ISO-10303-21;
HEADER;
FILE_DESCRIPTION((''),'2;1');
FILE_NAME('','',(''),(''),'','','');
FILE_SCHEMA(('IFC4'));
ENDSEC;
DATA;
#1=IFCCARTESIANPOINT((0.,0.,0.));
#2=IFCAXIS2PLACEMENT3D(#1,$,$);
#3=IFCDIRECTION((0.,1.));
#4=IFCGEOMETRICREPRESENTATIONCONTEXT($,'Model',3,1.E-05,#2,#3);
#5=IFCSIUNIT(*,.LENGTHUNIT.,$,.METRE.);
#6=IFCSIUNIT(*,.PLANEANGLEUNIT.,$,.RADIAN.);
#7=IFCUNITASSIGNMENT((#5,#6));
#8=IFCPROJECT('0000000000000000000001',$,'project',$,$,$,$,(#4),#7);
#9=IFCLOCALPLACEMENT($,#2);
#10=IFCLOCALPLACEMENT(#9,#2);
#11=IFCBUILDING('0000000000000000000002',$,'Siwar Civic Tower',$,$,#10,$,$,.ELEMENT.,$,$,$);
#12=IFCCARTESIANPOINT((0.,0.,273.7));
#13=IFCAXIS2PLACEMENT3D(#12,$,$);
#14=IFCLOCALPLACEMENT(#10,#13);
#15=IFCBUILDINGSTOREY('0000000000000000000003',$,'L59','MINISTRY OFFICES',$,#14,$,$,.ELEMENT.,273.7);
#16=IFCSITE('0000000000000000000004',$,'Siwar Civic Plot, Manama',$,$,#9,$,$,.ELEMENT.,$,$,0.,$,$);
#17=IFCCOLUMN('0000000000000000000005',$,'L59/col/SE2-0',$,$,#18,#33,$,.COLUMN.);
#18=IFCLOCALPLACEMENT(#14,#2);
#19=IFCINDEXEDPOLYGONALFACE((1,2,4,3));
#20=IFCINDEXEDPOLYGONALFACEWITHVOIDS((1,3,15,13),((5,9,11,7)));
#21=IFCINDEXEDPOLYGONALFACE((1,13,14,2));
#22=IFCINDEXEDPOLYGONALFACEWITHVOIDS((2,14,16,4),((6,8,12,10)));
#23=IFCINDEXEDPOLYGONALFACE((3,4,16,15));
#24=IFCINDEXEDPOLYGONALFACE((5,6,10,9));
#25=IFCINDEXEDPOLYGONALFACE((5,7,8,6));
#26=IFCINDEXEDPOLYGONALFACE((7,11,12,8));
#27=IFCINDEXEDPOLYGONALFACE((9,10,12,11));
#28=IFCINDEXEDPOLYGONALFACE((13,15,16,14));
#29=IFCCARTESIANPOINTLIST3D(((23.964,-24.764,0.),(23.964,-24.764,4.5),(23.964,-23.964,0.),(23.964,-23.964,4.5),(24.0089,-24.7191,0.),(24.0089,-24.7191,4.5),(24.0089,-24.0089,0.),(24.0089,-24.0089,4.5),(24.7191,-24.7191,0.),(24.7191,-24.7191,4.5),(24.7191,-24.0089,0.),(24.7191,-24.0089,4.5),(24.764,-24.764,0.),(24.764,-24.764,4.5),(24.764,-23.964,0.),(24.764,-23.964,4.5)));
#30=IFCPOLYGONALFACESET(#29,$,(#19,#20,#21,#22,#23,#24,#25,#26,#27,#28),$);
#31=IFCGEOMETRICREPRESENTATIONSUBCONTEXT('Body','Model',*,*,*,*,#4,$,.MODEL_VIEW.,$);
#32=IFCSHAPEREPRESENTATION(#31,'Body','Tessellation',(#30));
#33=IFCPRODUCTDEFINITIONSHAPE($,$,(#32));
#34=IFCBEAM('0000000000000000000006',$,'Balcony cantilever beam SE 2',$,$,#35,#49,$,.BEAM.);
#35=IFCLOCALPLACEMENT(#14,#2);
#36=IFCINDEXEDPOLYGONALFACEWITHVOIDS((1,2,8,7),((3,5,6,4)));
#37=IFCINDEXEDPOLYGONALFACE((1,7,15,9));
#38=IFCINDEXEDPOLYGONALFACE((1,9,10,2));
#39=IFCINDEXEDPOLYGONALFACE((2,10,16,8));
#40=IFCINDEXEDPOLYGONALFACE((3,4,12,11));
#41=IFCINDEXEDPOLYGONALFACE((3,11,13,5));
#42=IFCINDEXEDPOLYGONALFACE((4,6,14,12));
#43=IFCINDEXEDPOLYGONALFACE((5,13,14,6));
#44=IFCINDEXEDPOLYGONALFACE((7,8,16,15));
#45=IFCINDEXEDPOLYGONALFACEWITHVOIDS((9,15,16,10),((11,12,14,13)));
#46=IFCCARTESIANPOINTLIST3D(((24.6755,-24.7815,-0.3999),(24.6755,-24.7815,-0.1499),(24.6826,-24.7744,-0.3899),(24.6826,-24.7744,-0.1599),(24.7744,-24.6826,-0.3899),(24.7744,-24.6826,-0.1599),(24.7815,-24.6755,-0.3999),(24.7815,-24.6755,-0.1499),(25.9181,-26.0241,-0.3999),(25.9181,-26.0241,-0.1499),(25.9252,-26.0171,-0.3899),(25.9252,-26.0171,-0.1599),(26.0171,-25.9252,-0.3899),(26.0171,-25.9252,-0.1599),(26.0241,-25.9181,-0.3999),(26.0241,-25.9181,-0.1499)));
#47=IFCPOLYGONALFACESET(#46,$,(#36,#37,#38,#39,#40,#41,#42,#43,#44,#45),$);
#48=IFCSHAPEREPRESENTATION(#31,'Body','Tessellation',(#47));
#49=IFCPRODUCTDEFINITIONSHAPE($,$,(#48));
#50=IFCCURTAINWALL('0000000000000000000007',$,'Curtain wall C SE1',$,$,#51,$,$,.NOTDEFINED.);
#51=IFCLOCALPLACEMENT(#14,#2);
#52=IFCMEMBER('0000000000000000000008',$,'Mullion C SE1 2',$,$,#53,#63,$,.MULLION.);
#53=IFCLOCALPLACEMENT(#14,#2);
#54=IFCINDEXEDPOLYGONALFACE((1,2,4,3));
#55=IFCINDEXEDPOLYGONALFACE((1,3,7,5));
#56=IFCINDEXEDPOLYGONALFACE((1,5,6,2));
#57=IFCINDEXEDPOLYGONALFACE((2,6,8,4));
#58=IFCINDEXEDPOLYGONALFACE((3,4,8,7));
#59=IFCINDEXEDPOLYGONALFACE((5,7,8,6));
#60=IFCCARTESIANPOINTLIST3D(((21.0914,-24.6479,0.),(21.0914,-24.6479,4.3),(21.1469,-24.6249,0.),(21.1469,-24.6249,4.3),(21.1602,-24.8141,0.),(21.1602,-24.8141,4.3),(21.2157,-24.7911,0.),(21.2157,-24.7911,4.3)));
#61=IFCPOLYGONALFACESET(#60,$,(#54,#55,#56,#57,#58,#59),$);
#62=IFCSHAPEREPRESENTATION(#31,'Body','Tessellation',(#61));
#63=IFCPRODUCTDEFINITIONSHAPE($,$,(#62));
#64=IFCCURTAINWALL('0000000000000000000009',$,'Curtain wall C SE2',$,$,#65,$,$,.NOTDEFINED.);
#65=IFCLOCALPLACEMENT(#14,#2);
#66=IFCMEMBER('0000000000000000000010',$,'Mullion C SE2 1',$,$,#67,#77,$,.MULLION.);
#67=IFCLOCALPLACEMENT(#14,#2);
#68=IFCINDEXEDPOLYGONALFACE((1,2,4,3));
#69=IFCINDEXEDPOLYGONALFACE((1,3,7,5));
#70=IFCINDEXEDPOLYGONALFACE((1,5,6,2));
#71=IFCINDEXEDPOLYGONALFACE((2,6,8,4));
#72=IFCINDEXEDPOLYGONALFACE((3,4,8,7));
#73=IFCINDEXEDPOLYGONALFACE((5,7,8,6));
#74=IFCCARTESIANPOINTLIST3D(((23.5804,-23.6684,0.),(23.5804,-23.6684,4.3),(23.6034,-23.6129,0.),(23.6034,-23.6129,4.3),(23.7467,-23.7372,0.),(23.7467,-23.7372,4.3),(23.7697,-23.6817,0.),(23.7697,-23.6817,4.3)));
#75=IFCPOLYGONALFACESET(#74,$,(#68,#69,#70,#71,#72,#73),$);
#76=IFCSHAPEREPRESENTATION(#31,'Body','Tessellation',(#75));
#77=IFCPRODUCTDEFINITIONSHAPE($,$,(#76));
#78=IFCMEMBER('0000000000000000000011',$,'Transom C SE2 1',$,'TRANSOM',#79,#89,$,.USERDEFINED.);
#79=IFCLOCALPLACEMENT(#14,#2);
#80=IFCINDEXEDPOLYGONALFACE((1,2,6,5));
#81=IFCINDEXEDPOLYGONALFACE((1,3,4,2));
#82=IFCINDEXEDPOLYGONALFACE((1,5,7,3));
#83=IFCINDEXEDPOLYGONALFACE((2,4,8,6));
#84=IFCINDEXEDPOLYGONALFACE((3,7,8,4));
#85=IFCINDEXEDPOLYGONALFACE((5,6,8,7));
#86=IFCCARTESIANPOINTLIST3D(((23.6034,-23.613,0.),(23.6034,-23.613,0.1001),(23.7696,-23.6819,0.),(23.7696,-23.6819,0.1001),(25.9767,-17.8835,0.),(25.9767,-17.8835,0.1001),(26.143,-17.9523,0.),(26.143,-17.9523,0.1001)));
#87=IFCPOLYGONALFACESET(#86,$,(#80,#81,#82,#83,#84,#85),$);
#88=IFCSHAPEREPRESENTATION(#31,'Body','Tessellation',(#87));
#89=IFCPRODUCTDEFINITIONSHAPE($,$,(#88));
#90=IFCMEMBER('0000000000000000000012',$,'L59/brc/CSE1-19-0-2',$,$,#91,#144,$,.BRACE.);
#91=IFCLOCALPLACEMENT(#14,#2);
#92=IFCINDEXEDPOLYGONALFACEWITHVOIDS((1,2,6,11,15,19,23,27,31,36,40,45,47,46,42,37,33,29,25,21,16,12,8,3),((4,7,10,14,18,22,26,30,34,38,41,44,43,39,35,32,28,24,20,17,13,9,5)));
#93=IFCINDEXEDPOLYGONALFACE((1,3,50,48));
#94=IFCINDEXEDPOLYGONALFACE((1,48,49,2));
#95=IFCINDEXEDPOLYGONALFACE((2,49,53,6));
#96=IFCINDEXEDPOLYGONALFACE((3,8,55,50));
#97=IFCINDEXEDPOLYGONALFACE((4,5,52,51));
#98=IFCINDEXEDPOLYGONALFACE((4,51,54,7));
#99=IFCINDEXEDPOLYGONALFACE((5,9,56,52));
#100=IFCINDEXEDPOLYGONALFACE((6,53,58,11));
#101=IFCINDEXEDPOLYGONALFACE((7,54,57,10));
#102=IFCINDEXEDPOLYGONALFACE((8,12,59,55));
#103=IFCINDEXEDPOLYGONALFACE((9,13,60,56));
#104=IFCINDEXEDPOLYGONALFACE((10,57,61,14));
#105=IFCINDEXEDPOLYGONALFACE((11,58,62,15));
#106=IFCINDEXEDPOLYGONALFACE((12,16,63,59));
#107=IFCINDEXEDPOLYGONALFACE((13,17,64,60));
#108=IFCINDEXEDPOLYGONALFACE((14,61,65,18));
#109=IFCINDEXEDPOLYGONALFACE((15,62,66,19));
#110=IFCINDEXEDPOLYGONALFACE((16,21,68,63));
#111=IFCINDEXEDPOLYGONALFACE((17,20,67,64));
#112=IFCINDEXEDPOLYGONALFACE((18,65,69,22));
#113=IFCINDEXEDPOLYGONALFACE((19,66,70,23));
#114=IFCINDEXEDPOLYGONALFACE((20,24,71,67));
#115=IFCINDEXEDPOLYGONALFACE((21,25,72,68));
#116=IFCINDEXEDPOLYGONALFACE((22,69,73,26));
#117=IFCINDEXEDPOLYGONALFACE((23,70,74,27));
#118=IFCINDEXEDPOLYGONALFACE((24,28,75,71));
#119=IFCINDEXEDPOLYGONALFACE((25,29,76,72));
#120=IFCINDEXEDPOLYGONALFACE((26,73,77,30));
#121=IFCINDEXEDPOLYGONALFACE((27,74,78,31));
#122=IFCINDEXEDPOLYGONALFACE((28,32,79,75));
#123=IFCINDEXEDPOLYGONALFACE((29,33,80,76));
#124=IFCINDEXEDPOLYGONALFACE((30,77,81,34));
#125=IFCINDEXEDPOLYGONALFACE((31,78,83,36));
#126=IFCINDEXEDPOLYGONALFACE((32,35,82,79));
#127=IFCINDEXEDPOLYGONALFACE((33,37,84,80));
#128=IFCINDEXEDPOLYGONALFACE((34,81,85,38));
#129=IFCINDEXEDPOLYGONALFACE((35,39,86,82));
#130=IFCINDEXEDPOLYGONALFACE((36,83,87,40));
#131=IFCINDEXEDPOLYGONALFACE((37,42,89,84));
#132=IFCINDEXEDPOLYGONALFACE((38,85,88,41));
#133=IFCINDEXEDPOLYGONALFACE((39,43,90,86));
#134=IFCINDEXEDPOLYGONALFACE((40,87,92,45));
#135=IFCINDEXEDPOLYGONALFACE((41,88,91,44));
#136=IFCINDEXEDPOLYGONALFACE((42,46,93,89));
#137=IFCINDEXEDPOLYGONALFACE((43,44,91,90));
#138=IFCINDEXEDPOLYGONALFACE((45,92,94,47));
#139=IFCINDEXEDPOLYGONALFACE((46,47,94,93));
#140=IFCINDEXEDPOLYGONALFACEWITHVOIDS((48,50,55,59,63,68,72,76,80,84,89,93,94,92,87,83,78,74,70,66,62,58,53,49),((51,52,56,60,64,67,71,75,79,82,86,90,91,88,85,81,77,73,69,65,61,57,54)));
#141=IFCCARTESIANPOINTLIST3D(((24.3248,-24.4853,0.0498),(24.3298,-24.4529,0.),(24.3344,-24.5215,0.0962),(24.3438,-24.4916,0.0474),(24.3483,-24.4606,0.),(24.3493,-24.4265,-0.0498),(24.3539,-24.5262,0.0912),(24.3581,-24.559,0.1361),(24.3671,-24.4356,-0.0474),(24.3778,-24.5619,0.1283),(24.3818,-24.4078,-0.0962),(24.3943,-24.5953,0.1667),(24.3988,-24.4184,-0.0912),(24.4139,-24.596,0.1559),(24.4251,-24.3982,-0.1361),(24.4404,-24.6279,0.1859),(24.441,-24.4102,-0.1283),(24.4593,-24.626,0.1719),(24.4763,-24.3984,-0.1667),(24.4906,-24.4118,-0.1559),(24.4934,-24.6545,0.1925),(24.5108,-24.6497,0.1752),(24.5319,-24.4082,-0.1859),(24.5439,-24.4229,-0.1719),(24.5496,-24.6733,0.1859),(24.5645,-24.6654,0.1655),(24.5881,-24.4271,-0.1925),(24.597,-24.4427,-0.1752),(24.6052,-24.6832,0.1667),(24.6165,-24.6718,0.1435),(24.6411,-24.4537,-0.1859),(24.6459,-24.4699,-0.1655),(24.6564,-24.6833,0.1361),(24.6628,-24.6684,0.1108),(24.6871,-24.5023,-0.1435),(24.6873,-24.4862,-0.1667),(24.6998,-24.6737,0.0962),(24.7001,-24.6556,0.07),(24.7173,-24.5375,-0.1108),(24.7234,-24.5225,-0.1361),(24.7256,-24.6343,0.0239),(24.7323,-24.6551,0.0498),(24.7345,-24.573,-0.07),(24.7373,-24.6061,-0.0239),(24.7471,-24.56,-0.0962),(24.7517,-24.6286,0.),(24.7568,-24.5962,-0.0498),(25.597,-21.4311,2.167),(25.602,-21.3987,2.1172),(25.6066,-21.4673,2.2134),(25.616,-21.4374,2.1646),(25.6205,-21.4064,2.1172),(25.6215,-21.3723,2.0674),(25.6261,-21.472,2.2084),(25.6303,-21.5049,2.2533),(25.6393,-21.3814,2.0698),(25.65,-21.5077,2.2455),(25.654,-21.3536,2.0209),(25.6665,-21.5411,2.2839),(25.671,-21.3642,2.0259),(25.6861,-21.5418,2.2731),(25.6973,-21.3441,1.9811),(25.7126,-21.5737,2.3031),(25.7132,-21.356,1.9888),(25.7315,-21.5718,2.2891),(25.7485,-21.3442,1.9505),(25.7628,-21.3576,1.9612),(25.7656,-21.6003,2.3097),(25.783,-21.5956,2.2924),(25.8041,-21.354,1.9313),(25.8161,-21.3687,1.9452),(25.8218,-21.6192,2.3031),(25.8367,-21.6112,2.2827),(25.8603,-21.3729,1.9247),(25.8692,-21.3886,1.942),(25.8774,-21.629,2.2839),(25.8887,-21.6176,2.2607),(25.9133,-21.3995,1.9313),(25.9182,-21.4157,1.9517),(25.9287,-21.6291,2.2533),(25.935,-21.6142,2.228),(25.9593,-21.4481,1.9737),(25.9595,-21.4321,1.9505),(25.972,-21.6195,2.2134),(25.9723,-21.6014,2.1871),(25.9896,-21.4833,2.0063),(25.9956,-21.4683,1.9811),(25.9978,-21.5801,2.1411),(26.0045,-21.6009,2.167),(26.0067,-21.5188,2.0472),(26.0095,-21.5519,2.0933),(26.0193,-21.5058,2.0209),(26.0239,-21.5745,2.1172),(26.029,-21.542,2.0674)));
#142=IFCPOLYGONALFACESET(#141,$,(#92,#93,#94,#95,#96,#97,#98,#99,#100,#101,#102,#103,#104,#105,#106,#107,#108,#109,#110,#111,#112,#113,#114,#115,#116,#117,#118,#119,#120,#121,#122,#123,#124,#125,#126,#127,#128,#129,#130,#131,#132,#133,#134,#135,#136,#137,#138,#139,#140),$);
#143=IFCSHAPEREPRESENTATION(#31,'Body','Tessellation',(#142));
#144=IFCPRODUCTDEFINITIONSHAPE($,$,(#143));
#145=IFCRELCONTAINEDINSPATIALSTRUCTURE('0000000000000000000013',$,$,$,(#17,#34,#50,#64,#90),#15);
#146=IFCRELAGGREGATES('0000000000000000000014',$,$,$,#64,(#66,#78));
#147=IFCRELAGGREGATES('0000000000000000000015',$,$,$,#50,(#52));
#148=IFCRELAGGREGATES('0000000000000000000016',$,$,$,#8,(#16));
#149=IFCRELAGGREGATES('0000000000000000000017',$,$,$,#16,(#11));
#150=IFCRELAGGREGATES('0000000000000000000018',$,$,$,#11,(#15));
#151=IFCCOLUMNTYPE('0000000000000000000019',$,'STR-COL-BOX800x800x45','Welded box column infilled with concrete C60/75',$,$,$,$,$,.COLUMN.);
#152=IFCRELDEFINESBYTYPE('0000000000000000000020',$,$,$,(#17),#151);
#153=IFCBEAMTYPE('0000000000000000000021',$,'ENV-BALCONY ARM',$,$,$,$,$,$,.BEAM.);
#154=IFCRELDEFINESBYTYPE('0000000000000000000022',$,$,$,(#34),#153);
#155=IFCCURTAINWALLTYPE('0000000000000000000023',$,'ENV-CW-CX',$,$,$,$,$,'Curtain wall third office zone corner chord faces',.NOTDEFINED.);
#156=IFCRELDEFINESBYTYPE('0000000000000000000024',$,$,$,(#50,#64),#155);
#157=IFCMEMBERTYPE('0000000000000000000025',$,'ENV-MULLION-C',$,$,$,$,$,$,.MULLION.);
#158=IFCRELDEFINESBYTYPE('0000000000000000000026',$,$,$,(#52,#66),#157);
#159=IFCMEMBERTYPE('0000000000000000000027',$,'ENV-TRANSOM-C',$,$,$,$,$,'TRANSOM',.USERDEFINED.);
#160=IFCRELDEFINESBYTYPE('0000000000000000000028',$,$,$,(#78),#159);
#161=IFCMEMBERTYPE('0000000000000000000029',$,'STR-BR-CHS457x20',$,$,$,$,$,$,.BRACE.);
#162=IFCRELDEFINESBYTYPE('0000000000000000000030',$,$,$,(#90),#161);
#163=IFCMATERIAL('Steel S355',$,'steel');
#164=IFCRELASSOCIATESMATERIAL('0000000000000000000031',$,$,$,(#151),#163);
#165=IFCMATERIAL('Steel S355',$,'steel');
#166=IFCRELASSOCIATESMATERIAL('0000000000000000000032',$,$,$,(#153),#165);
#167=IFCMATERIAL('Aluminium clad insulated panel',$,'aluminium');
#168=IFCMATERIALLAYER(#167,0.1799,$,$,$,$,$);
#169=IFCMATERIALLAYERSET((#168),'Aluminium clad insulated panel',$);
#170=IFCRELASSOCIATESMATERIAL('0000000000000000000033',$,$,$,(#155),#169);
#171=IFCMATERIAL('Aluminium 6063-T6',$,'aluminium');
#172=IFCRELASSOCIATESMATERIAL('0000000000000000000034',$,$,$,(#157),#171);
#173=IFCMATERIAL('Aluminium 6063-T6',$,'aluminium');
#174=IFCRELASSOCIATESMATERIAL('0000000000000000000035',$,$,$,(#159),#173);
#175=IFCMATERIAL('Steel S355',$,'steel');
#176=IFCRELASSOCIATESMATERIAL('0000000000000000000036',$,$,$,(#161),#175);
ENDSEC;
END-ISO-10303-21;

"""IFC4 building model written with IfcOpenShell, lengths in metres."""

from ifc_helpers import new_model, si_unit, direction, frame, origin, origin_2d, place, context, subcontext, project, spatial, rectangle, hollow_rectangle, hollow_circle, extrude, material, layer, layer_set, material_profile, profile_set, type_object, element, aggregate, save


model = new_model("IFC4")

# Units and contexts
model_context = context("Model", 3, precision=1e-05, world=origin(), true_north=direction((0.0, 1.0)))
body_context = subcontext(model_context, "Body", "Model", "MODEL_VIEW")
ifc_project = project(units=[si_unit("LENGTHUNIT", "METRE"), si_unit("PLANEANGLEUNIT", "RADIAN")], contexts=[model_context])

# Site, building, storey
site_placement = place(None, origin())
site = spatial("IfcSite", under=ifc_project, at=site_placement, Name="Siwar Civic Plot, Manama", CompositionType="ELEMENT", RefElevation=0.0)
building_placement = place(site_placement, origin())
building = spatial("IfcBuilding", under=site, at=building_placement, Name="Siwar Civic Tower", CompositionType="ELEMENT")
storey_placement = place(building_placement, frame((0.0, 0.0, 273.7)))
storey = spatial("IfcBuildingStorey", under=building, at=storey_placement, Name="L59", Description="MINISTRY OFFICES", CompositionType="ELEMENT", Elevation=273.7)

# Column
ifc_material_1 = material(Name="Steel S355", Category="steel")
ifc_material_profile_1 = material_profile(ifc_material_1, hollow_rectangle(XDim=0.8, YDim=0.8, WallThickness=0.0449, at=origin_2d()), Name="BOX800x800x45")
ifc_profile_set_1 = profile_set([ifc_material_profile_1], Name="Steel S355")
column_type = type_object("IfcColumnType", Name="STR-COL-BOX800x800x45", Description="Welded box column infilled with concrete C60/75", PredefinedType="COLUMN", material=ifc_profile_set_1)
column_placement = place(storey_placement, frame((24.364, -24.364, 0.0), z_axis=(0.0, 0.0, 1.0), x_axis=(1.0, 0.0, 0.0)))
element("IfcColumn", 1, at=column_placement, inside=storey, type_object=column_type, Name="L59/col/SE2-0", PredefinedType="COLUMN", context=body_context, shape_type="SweptSolid", body=[
    extrude(hollow_rectangle(XDim=0.8, YDim=0.8, WallThickness=0.0449, at=origin_2d()), origin(), (0.0, 0.0, 1.0), 4.5),
])

# Beam
ifc_material_2 = material(Name="Steel S355", Category="steel")
ifc_material_profile_2 = material_profile(ifc_material_2, hollow_rectangle(XDim=0.1499, YDim=0.25, WallThickness=0.01, at=origin_2d()), Name="RHS250x150x10")
ifc_profile_set_2 = profile_set([ifc_material_profile_2], Name="Steel S355")
beam_type_1 = type_object("IfcBeamType", Name="ENV-BALCONY ARM", PredefinedType="BEAM", material=ifc_profile_set_2)
beam_1_placement = place(storey_placement, frame((24.7285, -24.7285, -0.2749), z_axis=(0.707107, -0.707107, 0.0), x_axis=(0.707107, 0.707107, 0.0)))
element("IfcBeam", 2, at=beam_1_placement, inside=storey, type_object=beam_type_1, Name="Balcony cantilever beam SE 2", PredefinedType="BEAM", context=body_context, shape_type="SweptSolid", body=[
    extrude(hollow_rectangle(XDim=0.1499, YDim=0.25, WallThickness=0.01, at=origin_2d()), origin(), (0.0, 0.0, 1.0), 1.7573),
])

# Curtain wall, member
ifc_material_3 = material(Name="Aluminium clad insulated panel", Category="aluminium")
ifc_layer_1 = layer(ifc_material_3, 0.1799)
ifc_layer_set_1 = layer_set([ifc_layer_1], Name="Aluminium clad insulated panel")
curtain_wall_type = type_object("IfcCurtainWallType", Name="ENV-CW-CX", ElementType="Curtain wall third office zone corner chord faces", PredefinedType="NOTDEFINED", material=ifc_layer_set_1)
curtain_wall_1_placement = place(storey_placement, origin())
curtain_wall_1 = element("IfcCurtainWall", 3, at=curtain_wall_1_placement, inside=storey, type_object=curtain_wall_type, Name="Curtain wall C SE1", PredefinedType="NOTDEFINED")
ifc_material_4 = material(Name="Aluminium 6063-T6", Category="aluminium")
ifc_material_profile_3 = material_profile(ifc_material_4, rectangle(XDim=0.1799, YDim=0.0601, at=origin_2d()), Name="AL 180x60")
ifc_profile_set_3 = profile_set([ifc_material_profile_3], Name="Aluminium 6063-T6")
member_type_1 = type_object("IfcMemberType", Name="ENV-MULLION-C", PredefinedType="MULLION", material=ifc_profile_set_3)
member_1_placement = place(storey_placement, frame((21.1536, -24.7195, 0.0), z_axis=(0.0, 0.0, 1.0), x_axis=(-0.382683, 0.92388, 0.0)))
member_1 = element("IfcMember", 4, at=member_1_placement, type_object=member_type_1, Name="Mullion C SE1 2", PredefinedType="MULLION", context=body_context, shape_type="SweptSolid", body=[
    extrude(rectangle(XDim=0.1799, YDim=0.0601, at=origin_2d()), origin(), (0.0, 0.0, 1.0), 4.3),
])

# Curtain wall, members
curtain_wall_2_placement = place(storey_placement, origin())
curtain_wall_2 = element("IfcCurtainWall", 5, at=curtain_wall_2_placement, inside=storey, type_object=curtain_wall_type, Name="Curtain wall C SE2", PredefinedType="NOTDEFINED")
member_2_placement = place(storey_placement, frame((23.675, -23.675, 0.0), z_axis=(0.0, 0.0, 1.0), x_axis=(-0.92388, 0.382683, 0.0)))
member_2 = element("IfcMember", 6, at=member_2_placement, type_object=member_type_1, Name="Mullion C SE2 1", PredefinedType="MULLION", context=body_context, shape_type="SweptSolid", body=[
    extrude(rectangle(XDim=0.1799, YDim=0.0601, at=origin_2d()), origin(), (0.0, 0.0, 1.0), 4.3),
])
ifc_material_5 = material(Name="Aluminium 6063-T6", Category="aluminium")
ifc_material_profile_4 = material_profile(ifc_material_5, rectangle(XDim=0.1799, YDim=0.1001, at=origin_2d()), Name="AL 180x100")
ifc_profile_set_4 = profile_set([ifc_material_profile_4], Name="Aluminium 6063-T6")
member_type_2 = type_object("IfcMemberType", Name="ENV-TRANSOM-C", ElementType="TRANSOM", PredefinedType="USERDEFINED", material=ifc_profile_set_4)
member_3_placement = place(storey_placement, frame((23.6865, -23.6475, 0.05), z_axis=(0.382691, 0.923876, 0.0), x_axis=(-0.923876, 0.382691, 0.0)))
member_3 = element("IfcMember", 7, at=member_3_placement, type_object=member_type_2, Name="Transom C SE2 1", ObjectType="TRANSOM", PredefinedType="USERDEFINED", context=body_context, shape_type="SweptSolid", body=[
    extrude(rectangle(XDim=0.1799, YDim=0.1001, at=origin_2d()), origin(), (0.0, 0.0, 1.0), 6.2017),
])
aggregate(curtain_wall_2, [member_2, member_3])

# Member
ifc_material_6 = material(Name="Steel S355", Category="steel")
ifc_material_profile_5 = material_profile(ifc_material_6, hollow_circle(Radius=0.2285, WallThickness=0.02, at=origin_2d()), Name="CHS457x20")
ifc_profile_set_5 = profile_set([ifc_material_profile_5], Name="Steel S355")
member_type_3 = type_object("IfcMemberType", Name="STR-BR-CHS457x20", PredefinedType="BRACE", material=ifc_profile_set_5)
for number, where, z_axis, x_axis, name in (
    (8, (24.5408, -24.5408, 0.0), (0.323884, 0.777546, 0.538999), (-0.923116, 0.384521, 0.0), "L59/brc/CSE1-19-0-2"),
):
    element("IfcMember", number, at=place(storey_placement, frame(where, z_axis=z_axis, x_axis=x_axis)), inside=storey, type_object=member_type_3, Name=name, PredefinedType="BRACE", context=body_context, shape_type="SweptSolid", body=[
        extrude(hollow_circle(Radius=0.2285, WallThickness=0.02, at=origin_2d()), origin(), (0.0, 0.0, 1.0), 3.928),
    ])

aggregate(curtain_wall_1, [member_1])

save(model, "model.ifc")
